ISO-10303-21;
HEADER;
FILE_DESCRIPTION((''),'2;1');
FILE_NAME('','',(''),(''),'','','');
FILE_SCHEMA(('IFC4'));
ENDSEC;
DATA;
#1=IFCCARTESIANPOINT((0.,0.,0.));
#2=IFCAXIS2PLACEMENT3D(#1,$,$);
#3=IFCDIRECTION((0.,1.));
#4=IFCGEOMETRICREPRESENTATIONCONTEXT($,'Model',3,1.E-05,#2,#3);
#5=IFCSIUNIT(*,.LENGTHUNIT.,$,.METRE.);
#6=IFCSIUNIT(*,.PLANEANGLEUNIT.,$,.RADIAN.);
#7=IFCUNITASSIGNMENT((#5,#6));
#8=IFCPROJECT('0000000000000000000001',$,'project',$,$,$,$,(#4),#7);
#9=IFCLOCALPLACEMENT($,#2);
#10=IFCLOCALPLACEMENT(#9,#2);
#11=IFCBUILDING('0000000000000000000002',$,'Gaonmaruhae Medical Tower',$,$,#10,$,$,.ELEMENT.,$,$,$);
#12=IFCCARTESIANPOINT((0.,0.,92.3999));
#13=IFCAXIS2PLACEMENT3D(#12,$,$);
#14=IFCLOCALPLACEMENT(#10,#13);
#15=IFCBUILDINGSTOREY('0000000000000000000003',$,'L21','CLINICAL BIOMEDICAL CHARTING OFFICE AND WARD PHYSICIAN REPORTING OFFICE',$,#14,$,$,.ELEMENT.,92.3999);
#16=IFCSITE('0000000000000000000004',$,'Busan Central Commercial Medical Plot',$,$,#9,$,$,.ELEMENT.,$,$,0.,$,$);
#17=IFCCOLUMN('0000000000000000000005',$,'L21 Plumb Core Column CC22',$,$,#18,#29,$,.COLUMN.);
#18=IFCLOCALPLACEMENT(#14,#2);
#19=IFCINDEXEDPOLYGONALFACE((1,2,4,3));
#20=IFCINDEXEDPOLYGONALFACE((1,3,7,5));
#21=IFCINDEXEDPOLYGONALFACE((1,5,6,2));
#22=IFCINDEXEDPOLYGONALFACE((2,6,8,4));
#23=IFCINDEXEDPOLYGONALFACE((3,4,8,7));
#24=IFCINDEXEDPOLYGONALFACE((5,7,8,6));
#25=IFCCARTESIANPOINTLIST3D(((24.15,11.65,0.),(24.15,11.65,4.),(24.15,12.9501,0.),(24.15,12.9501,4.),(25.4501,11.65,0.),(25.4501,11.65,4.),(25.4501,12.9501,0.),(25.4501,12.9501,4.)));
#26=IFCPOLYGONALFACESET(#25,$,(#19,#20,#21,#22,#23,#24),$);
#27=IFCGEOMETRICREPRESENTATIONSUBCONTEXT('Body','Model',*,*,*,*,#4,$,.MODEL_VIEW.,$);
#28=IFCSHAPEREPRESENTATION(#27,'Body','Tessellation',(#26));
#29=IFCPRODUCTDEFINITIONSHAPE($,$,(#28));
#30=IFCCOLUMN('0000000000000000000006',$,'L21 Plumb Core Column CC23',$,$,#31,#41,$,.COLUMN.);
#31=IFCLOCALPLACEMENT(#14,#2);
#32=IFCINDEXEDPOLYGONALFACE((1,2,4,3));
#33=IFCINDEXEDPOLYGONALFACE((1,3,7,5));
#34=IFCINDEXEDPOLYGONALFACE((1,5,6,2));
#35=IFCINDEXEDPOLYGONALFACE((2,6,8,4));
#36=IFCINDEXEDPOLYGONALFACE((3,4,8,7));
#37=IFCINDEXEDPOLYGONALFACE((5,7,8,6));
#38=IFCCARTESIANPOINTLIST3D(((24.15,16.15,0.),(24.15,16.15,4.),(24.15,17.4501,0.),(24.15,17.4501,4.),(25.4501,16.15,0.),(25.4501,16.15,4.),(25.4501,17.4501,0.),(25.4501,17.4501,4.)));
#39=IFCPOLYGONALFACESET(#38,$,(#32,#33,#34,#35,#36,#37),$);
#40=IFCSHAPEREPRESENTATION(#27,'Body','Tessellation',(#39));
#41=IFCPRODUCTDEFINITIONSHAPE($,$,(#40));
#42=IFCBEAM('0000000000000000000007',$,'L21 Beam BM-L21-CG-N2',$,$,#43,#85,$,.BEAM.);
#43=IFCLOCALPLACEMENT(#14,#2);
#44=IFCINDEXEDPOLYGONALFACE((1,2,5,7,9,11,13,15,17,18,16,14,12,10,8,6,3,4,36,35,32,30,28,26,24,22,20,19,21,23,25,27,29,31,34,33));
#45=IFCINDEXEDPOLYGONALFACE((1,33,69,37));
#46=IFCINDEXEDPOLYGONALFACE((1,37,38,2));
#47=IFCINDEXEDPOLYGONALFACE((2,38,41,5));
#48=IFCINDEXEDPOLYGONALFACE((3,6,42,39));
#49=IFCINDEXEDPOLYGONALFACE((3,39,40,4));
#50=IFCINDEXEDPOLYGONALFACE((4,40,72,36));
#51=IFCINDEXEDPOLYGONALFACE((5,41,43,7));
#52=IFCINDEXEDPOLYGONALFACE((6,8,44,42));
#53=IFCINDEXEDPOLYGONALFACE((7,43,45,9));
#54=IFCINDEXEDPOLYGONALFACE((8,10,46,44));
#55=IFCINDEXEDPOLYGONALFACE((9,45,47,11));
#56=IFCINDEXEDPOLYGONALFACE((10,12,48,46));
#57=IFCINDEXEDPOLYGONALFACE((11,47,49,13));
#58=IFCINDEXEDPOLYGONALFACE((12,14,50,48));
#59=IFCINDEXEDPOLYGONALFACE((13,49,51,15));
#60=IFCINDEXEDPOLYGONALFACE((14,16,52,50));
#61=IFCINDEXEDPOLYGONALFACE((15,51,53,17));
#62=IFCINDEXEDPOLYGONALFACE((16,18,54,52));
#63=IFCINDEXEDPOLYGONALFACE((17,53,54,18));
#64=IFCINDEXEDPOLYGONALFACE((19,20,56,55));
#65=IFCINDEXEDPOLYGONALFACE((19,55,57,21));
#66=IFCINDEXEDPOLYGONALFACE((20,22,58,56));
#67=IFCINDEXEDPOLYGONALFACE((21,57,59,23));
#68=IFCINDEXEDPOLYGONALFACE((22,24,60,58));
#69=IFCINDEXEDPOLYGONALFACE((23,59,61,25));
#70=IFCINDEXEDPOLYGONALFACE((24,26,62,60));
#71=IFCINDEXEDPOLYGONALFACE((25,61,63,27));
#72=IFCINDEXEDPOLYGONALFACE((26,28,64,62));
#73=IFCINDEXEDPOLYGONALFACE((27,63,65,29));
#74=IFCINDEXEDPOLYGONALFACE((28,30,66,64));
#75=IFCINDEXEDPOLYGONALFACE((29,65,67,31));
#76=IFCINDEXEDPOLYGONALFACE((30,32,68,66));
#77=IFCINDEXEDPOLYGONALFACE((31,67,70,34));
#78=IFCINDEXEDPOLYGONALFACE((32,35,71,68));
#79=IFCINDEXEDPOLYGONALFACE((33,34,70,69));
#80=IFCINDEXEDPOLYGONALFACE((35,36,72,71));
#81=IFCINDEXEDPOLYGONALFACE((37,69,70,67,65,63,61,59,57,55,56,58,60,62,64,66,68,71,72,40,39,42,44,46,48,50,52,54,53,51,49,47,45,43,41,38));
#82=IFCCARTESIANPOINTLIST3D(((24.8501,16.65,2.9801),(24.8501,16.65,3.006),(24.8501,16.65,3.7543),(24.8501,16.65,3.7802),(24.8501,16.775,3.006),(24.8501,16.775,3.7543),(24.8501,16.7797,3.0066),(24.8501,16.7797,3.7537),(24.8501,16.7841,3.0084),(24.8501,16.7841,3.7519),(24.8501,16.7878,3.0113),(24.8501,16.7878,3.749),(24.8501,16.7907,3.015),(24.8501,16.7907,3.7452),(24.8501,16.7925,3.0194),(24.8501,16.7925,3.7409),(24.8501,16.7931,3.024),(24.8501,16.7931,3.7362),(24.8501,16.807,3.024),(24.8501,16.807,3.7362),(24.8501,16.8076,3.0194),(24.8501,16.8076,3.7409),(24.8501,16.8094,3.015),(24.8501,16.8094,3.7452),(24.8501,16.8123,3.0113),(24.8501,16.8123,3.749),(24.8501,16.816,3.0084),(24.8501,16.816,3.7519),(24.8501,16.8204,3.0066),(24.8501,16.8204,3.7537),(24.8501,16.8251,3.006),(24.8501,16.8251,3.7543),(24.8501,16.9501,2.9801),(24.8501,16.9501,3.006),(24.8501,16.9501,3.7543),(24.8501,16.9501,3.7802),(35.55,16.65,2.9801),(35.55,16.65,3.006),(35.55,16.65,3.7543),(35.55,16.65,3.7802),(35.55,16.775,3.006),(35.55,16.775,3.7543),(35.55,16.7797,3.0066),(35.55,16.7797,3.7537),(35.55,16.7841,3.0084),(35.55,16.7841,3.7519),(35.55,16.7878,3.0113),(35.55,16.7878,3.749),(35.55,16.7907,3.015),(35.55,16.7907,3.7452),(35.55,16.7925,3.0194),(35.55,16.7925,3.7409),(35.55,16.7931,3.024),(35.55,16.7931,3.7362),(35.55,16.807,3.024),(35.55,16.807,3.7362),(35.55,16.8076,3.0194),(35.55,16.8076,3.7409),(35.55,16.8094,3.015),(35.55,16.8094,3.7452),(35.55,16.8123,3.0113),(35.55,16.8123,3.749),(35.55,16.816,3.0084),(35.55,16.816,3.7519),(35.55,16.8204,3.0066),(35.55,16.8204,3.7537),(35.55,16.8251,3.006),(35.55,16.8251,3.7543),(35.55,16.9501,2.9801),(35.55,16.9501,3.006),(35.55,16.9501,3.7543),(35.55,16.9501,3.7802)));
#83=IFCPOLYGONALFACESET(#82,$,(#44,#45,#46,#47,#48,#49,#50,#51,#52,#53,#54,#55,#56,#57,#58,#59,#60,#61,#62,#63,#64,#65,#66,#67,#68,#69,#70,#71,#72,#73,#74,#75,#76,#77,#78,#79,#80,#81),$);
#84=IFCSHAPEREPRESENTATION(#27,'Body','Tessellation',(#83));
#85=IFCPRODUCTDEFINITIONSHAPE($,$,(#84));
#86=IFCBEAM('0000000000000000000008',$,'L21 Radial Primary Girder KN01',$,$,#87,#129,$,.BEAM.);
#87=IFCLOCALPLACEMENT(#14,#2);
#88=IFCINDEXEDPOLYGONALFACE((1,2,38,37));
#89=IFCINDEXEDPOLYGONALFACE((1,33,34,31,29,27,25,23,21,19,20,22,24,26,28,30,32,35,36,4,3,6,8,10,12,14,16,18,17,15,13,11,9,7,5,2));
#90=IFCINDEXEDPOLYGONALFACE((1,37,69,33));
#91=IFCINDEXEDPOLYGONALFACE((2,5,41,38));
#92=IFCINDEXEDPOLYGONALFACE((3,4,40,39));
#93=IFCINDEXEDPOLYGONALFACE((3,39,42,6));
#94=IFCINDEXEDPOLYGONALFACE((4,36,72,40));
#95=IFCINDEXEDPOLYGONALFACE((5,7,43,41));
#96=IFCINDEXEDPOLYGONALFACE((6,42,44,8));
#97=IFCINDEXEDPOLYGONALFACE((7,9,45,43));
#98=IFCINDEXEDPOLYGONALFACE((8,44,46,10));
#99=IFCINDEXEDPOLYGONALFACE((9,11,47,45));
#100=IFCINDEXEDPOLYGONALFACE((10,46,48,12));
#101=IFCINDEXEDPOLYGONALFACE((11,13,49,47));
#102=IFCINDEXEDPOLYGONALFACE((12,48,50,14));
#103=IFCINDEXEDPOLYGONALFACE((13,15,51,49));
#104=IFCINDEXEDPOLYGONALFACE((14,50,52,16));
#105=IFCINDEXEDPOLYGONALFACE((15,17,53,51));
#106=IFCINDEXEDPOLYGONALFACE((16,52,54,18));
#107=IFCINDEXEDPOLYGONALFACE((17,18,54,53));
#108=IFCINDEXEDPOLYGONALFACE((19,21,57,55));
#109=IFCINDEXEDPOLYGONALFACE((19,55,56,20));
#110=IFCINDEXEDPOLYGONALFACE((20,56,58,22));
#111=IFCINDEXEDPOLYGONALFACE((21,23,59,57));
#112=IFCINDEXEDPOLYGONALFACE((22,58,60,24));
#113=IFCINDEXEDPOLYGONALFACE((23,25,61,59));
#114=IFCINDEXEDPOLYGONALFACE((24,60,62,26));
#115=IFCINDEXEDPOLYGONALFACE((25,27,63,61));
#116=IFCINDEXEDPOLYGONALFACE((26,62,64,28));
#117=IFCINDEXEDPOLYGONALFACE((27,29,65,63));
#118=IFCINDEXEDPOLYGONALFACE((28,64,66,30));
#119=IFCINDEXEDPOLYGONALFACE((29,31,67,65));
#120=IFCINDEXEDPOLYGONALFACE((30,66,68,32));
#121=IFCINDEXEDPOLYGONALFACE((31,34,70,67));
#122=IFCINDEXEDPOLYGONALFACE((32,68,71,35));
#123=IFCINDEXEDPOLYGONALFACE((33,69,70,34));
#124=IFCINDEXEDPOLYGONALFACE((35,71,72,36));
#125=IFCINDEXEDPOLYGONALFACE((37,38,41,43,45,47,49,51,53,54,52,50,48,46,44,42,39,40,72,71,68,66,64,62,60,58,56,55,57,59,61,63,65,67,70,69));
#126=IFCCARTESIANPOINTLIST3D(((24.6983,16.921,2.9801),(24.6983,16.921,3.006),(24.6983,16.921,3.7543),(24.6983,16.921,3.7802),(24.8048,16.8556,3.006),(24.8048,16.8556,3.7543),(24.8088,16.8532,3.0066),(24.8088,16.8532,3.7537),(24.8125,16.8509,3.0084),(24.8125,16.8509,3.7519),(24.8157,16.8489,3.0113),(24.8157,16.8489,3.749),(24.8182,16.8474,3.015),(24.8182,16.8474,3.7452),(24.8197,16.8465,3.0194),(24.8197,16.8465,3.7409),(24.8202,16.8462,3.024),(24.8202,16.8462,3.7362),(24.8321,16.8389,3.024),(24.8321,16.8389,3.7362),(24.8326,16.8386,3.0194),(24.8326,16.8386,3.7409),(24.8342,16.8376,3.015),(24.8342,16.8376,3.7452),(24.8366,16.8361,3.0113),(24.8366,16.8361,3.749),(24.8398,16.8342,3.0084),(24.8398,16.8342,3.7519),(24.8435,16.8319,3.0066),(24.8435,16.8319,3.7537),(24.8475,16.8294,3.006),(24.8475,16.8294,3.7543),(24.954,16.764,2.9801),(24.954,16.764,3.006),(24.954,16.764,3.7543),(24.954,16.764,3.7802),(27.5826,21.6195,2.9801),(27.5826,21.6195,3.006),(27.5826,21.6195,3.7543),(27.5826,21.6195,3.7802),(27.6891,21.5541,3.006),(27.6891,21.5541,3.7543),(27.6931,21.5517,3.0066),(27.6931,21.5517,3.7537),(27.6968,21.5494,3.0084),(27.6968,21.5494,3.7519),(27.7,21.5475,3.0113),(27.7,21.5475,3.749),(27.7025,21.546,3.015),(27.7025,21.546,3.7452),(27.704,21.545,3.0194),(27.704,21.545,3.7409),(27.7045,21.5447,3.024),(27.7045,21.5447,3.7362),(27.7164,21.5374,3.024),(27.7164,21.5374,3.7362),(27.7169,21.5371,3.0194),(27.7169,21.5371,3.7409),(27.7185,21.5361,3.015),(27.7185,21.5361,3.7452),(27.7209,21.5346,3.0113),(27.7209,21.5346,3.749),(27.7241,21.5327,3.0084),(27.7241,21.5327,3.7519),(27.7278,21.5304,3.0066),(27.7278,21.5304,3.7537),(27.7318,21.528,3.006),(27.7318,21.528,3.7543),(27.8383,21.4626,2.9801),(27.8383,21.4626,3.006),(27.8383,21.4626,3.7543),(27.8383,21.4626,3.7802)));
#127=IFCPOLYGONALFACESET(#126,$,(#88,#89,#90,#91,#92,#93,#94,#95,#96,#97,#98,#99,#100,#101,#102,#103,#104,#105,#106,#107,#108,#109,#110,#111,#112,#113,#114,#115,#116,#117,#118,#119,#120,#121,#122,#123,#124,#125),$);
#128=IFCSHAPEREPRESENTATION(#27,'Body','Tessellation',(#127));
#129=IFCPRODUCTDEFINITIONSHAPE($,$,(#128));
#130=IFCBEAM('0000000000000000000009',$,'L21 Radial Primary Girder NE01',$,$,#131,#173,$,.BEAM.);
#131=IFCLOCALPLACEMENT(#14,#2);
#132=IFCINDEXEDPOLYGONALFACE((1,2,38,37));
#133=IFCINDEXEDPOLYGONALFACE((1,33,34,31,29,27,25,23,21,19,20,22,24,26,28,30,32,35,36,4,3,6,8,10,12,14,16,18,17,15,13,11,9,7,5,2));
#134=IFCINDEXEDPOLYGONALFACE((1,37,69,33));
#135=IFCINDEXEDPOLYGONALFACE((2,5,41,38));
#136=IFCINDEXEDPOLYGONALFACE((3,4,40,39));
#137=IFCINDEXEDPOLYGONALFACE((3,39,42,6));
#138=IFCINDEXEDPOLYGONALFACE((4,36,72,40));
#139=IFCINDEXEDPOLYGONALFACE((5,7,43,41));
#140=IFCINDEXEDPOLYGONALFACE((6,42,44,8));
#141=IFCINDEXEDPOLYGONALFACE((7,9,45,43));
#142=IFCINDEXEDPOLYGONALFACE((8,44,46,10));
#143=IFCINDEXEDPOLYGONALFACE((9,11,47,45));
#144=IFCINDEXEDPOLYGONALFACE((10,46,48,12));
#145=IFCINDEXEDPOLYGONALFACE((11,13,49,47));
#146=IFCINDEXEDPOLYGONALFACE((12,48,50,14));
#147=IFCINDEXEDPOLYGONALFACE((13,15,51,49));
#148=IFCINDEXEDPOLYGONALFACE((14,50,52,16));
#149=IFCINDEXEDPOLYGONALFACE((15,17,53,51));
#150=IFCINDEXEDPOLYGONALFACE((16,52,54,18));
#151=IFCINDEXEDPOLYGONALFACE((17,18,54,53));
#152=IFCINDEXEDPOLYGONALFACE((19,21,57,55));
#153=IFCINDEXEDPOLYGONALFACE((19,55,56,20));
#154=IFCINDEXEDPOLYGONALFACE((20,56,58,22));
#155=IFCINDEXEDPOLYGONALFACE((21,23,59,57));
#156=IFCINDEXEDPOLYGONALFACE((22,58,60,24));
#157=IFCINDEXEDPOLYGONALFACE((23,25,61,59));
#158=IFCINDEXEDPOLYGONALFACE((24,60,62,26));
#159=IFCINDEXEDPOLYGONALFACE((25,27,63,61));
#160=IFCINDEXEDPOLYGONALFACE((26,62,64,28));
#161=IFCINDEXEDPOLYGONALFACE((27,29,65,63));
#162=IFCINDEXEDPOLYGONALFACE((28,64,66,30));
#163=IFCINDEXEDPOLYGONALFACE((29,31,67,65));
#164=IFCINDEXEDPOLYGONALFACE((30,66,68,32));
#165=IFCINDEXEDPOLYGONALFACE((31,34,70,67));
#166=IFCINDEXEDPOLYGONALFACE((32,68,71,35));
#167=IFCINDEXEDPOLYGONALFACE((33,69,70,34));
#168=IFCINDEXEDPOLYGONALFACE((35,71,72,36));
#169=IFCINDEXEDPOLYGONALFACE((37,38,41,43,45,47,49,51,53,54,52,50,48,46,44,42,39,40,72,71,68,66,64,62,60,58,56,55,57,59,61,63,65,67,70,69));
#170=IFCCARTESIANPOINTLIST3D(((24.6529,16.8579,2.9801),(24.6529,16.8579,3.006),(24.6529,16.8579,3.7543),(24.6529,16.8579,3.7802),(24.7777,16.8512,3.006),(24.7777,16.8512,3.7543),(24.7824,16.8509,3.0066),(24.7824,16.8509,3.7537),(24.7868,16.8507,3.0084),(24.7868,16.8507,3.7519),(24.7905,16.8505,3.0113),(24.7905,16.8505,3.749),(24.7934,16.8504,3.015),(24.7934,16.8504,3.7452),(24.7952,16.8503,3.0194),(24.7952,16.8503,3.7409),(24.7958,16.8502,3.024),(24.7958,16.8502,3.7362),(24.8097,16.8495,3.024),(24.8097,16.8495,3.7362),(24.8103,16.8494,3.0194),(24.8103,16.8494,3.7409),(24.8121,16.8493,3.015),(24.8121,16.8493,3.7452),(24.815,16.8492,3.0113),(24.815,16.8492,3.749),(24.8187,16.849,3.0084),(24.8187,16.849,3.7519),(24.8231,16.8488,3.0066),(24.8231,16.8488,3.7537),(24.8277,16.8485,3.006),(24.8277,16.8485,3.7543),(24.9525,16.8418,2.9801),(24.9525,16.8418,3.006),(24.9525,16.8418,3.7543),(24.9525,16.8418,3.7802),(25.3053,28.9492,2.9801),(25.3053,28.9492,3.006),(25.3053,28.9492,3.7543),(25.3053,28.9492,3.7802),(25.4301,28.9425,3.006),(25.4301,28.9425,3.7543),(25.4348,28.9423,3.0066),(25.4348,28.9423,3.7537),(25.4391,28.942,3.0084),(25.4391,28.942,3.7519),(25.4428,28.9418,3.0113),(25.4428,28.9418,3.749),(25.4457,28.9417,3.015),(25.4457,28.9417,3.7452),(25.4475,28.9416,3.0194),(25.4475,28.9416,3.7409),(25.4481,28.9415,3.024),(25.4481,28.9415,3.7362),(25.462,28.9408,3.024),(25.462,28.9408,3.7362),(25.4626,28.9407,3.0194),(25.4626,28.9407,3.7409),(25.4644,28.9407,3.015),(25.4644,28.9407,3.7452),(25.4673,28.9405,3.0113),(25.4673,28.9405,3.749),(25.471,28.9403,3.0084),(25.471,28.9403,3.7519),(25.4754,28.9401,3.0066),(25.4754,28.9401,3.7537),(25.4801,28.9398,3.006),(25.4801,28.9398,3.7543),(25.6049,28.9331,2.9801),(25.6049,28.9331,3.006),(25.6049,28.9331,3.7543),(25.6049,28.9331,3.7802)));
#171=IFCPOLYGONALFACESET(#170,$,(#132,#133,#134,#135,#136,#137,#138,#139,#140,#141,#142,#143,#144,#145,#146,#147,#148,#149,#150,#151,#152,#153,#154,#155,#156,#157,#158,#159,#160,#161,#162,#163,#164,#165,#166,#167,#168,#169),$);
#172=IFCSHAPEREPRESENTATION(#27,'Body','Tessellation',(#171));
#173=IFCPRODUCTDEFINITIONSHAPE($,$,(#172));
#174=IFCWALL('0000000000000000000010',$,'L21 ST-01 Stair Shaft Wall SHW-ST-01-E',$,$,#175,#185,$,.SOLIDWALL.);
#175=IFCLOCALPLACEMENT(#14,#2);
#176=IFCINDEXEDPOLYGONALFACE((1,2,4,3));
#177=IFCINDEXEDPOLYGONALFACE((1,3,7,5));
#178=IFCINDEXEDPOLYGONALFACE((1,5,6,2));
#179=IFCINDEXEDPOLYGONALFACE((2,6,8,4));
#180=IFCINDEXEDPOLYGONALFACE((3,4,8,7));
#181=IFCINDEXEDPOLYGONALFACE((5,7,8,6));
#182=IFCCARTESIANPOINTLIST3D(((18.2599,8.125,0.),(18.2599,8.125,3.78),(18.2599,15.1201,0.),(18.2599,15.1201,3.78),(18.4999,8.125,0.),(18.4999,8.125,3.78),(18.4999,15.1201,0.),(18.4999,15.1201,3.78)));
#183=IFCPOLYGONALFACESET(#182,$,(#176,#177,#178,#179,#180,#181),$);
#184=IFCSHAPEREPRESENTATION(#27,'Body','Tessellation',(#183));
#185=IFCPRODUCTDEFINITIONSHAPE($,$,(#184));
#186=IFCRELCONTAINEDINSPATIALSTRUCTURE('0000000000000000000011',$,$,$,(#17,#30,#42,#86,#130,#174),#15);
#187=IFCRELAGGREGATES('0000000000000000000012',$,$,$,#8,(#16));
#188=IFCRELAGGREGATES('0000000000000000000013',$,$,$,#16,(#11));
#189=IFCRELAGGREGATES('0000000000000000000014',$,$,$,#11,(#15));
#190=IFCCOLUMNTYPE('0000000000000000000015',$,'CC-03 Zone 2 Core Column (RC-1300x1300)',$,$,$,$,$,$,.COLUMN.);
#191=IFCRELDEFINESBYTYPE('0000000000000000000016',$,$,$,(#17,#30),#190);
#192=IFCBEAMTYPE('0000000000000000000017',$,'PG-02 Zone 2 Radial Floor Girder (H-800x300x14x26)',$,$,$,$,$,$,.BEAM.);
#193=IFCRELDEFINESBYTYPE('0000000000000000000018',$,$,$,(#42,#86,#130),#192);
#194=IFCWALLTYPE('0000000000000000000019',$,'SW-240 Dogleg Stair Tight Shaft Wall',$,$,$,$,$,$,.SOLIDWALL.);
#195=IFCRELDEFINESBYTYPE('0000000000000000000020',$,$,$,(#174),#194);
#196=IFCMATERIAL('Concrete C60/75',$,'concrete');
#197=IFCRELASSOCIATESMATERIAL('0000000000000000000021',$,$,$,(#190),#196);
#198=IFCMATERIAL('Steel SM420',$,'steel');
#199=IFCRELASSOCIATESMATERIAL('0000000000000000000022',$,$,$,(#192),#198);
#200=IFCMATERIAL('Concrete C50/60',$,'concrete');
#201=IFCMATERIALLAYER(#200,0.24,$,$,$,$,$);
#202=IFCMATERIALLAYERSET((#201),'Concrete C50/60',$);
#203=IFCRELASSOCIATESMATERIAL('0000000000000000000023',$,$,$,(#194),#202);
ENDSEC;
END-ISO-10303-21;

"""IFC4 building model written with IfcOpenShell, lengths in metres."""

from ifc_helpers import new_model, si_unit, direction, frame, frame_2d, origin, origin_2d, place, context, subcontext, project, spatial, rectangle, i_section, extrude, material, layer, layer_set, material_profile, profile_set, type_object, element, save


model = new_model("IFC4")

# Units and contexts
model_context = context("Model", 3, precision=1e-05, world=origin(), true_north=direction((0.0, 1.0)))
body_context = subcontext(model_context, "Body", "Model", "MODEL_VIEW")
ifc_project = project(units=[si_unit("LENGTHUNIT", "METRE"), si_unit("PLANEANGLEUNIT", "RADIAN")], contexts=[model_context])

# Site, building, storey
site_placement = place(None, origin())
site = spatial("IfcSite", under=ifc_project, at=site_placement, Name="Busan Central Commercial Medical Plot", CompositionType="ELEMENT", RefElevation=0.0)
building_placement = place(site_placement, origin())
building = spatial("IfcBuilding", under=site, at=building_placement, Name="Gaonmaruhae Medical Tower", CompositionType="ELEMENT")
storey_placement = place(building_placement, frame((0.0, 0.0, 92.3999)))
storey = spatial("IfcBuildingStorey", under=building, at=storey_placement, Name="L21", Description="CLINICAL BIOMEDICAL CHARTING OFFICE AND WARD PHYSICIAN REPORTING OFFICE", CompositionType="ELEMENT", Elevation=92.3999)

# Columns
ifc_material_1 = material(Name="Concrete C60/75", Category="concrete")
ifc_material_profile_1 = material_profile(ifc_material_1, rectangle(XDim=1.3, YDim=1.3, at=origin_2d()), Name="RC-1300x1300")
ifc_profile_set_1 = profile_set([ifc_material_profile_1], Name="Concrete C60/75")
column_type = type_object("IfcColumnType", Name="CC-03 Zone 2 Core Column (RC-1300x1300)", PredefinedType="COLUMN", material=ifc_profile_set_1)
for number, where, z_axis, x_axis, name in (
    (1, (24.8, 12.3, 0.0), (0.0, 0.0, 1.0), (1.0, 0.0, 0.0), "L21 Plumb Core Column CC22"),
    (2, (24.8, 16.8, 0.0), (0.0, 0.0, 1.0), (1.0, 0.0, 0.0), "L21 Plumb Core Column CC23"),
):
    element("IfcColumn", number, at=place(storey_placement, frame(where, z_axis=z_axis, x_axis=x_axis)), inside=storey, type_object=column_type, Name=name, PredefinedType="COLUMN", context=body_context, shape_type="SweptSolid", body=[
        extrude(rectangle(XDim=1.3, YDim=1.3, at=origin_2d()), origin(), (0.0, 0.0, 1.0), 4.0),
    ])

# Beams
ifc_material_2 = material(Name="Steel SM420", Category="steel")
ifc_material_profile_2 = material_profile(ifc_material_2, i_section(OverallWidth=0.3, OverallDepth=0.8, WebThickness=0.0139, FlangeThickness=0.0259, FilletRadius=0.0181, at=origin_2d()), Name="H-800x300x14x26")
ifc_profile_set_2 = profile_set([ifc_material_profile_2], Name="Steel SM420")
beam_type = type_object("IfcBeamType", Name="PG-02 Zone 2 Radial Floor Girder (H-800x300x14x26)", PredefinedType="BEAM", material=ifc_profile_set_2)
beam_1_placement = place(storey_placement, frame((24.8501, 16.8, 3.3801), z_axis=(1.0, 0.0, 0.0), x_axis=(0.0, 1.0, 0.0)))
element("IfcBeam", 3, at=beam_1_placement, inside=storey, type_object=beam_type, Name="L21 Beam BM-L21-CG-N2", PredefinedType="BEAM", context=body_context, shape_type="SweptSolid", body=[
    extrude(i_section(OverallWidth=0.3, OverallDepth=0.8, WebThickness=0.0139, FlangeThickness=0.0259, FilletRadius=0.0181, at=origin_2d()), origin(), (0.0, 0.0, 1.0), 10.7),
])
beam_2_placement = place(storey_placement, frame((24.8262, 16.8425, 3.3801), z_axis=(0.523163, 0.852233, 0.0), x_axis=(-0.852233, 0.523163, 0.0)))
element("IfcBeam", 4, at=beam_2_placement, inside=storey, type_object=beam_type, Name="L21 Radial Primary Girder KN01", PredefinedType="BEAM", context=body_context, shape_type="SweptSolid", body=[
    extrude(i_section(OverallWidth=0.3, OverallDepth=0.8, WebThickness=0.0139, FlangeThickness=0.0259, FilletRadius=0.0181, at=origin_2d()), origin(), (0.0, 0.0, 1.0), 5.5132),
])
beam_3_placement = place(storey_placement, frame((24.8027, 16.8499, 3.3801), z_axis=(0.053873, 0.998548, 0.0), x_axis=(-0.998548, 0.053873, 0.0)))
element("IfcBeam", 5, at=beam_3_placement, inside=storey, type_object=beam_type, Name="L21 Radial Primary Girder NE01", PredefinedType="BEAM", context=body_context, shape_type="SweptSolid", body=[
    extrude(i_section(OverallWidth=0.3, OverallDepth=0.8, WebThickness=0.0139, FlangeThickness=0.0259, FilletRadius=0.0181, at=origin_2d()), origin(), (0.0, 0.0, 1.0), 12.1089),
])

# Shared definitions
ifc_material_3 = material(Name="Concrete C50/60", Category="concrete")
ifc_layer_1 = layer(ifc_material_3, 0.24)
ifc_layer_set_1 = layer_set([ifc_layer_1], Name="Concrete C50/60")
wall_type_1 = type_object("IfcWallType", Name="SW-240 Dogleg Stair Tight Shaft Wall", PredefinedType="SOLIDWALL", material=ifc_layer_set_1)

# Wall
wall_1_placement = place(storey_placement, frame((18.3799, 15.1201, 0.0), z_axis=(0.0, 0.0, 1.0), x_axis=(0.0, -1.0, 0.0)))
element("IfcWall", 6, at=wall_1_placement, inside=storey, type_object=wall_type_1, Name="L21 ST-01 Stair Shaft Wall SHW-ST-01-E", PredefinedType="SOLIDWALL", context=body_context, shape_type="SweptSolid", body=[
    extrude(rectangle(XDim=6.9951, YDim=0.24, at=frame_2d((3.4976, 0.0))), origin(), (0.0, 0.0, 1.0), 3.78),
])

save(model, "model.ifc")
